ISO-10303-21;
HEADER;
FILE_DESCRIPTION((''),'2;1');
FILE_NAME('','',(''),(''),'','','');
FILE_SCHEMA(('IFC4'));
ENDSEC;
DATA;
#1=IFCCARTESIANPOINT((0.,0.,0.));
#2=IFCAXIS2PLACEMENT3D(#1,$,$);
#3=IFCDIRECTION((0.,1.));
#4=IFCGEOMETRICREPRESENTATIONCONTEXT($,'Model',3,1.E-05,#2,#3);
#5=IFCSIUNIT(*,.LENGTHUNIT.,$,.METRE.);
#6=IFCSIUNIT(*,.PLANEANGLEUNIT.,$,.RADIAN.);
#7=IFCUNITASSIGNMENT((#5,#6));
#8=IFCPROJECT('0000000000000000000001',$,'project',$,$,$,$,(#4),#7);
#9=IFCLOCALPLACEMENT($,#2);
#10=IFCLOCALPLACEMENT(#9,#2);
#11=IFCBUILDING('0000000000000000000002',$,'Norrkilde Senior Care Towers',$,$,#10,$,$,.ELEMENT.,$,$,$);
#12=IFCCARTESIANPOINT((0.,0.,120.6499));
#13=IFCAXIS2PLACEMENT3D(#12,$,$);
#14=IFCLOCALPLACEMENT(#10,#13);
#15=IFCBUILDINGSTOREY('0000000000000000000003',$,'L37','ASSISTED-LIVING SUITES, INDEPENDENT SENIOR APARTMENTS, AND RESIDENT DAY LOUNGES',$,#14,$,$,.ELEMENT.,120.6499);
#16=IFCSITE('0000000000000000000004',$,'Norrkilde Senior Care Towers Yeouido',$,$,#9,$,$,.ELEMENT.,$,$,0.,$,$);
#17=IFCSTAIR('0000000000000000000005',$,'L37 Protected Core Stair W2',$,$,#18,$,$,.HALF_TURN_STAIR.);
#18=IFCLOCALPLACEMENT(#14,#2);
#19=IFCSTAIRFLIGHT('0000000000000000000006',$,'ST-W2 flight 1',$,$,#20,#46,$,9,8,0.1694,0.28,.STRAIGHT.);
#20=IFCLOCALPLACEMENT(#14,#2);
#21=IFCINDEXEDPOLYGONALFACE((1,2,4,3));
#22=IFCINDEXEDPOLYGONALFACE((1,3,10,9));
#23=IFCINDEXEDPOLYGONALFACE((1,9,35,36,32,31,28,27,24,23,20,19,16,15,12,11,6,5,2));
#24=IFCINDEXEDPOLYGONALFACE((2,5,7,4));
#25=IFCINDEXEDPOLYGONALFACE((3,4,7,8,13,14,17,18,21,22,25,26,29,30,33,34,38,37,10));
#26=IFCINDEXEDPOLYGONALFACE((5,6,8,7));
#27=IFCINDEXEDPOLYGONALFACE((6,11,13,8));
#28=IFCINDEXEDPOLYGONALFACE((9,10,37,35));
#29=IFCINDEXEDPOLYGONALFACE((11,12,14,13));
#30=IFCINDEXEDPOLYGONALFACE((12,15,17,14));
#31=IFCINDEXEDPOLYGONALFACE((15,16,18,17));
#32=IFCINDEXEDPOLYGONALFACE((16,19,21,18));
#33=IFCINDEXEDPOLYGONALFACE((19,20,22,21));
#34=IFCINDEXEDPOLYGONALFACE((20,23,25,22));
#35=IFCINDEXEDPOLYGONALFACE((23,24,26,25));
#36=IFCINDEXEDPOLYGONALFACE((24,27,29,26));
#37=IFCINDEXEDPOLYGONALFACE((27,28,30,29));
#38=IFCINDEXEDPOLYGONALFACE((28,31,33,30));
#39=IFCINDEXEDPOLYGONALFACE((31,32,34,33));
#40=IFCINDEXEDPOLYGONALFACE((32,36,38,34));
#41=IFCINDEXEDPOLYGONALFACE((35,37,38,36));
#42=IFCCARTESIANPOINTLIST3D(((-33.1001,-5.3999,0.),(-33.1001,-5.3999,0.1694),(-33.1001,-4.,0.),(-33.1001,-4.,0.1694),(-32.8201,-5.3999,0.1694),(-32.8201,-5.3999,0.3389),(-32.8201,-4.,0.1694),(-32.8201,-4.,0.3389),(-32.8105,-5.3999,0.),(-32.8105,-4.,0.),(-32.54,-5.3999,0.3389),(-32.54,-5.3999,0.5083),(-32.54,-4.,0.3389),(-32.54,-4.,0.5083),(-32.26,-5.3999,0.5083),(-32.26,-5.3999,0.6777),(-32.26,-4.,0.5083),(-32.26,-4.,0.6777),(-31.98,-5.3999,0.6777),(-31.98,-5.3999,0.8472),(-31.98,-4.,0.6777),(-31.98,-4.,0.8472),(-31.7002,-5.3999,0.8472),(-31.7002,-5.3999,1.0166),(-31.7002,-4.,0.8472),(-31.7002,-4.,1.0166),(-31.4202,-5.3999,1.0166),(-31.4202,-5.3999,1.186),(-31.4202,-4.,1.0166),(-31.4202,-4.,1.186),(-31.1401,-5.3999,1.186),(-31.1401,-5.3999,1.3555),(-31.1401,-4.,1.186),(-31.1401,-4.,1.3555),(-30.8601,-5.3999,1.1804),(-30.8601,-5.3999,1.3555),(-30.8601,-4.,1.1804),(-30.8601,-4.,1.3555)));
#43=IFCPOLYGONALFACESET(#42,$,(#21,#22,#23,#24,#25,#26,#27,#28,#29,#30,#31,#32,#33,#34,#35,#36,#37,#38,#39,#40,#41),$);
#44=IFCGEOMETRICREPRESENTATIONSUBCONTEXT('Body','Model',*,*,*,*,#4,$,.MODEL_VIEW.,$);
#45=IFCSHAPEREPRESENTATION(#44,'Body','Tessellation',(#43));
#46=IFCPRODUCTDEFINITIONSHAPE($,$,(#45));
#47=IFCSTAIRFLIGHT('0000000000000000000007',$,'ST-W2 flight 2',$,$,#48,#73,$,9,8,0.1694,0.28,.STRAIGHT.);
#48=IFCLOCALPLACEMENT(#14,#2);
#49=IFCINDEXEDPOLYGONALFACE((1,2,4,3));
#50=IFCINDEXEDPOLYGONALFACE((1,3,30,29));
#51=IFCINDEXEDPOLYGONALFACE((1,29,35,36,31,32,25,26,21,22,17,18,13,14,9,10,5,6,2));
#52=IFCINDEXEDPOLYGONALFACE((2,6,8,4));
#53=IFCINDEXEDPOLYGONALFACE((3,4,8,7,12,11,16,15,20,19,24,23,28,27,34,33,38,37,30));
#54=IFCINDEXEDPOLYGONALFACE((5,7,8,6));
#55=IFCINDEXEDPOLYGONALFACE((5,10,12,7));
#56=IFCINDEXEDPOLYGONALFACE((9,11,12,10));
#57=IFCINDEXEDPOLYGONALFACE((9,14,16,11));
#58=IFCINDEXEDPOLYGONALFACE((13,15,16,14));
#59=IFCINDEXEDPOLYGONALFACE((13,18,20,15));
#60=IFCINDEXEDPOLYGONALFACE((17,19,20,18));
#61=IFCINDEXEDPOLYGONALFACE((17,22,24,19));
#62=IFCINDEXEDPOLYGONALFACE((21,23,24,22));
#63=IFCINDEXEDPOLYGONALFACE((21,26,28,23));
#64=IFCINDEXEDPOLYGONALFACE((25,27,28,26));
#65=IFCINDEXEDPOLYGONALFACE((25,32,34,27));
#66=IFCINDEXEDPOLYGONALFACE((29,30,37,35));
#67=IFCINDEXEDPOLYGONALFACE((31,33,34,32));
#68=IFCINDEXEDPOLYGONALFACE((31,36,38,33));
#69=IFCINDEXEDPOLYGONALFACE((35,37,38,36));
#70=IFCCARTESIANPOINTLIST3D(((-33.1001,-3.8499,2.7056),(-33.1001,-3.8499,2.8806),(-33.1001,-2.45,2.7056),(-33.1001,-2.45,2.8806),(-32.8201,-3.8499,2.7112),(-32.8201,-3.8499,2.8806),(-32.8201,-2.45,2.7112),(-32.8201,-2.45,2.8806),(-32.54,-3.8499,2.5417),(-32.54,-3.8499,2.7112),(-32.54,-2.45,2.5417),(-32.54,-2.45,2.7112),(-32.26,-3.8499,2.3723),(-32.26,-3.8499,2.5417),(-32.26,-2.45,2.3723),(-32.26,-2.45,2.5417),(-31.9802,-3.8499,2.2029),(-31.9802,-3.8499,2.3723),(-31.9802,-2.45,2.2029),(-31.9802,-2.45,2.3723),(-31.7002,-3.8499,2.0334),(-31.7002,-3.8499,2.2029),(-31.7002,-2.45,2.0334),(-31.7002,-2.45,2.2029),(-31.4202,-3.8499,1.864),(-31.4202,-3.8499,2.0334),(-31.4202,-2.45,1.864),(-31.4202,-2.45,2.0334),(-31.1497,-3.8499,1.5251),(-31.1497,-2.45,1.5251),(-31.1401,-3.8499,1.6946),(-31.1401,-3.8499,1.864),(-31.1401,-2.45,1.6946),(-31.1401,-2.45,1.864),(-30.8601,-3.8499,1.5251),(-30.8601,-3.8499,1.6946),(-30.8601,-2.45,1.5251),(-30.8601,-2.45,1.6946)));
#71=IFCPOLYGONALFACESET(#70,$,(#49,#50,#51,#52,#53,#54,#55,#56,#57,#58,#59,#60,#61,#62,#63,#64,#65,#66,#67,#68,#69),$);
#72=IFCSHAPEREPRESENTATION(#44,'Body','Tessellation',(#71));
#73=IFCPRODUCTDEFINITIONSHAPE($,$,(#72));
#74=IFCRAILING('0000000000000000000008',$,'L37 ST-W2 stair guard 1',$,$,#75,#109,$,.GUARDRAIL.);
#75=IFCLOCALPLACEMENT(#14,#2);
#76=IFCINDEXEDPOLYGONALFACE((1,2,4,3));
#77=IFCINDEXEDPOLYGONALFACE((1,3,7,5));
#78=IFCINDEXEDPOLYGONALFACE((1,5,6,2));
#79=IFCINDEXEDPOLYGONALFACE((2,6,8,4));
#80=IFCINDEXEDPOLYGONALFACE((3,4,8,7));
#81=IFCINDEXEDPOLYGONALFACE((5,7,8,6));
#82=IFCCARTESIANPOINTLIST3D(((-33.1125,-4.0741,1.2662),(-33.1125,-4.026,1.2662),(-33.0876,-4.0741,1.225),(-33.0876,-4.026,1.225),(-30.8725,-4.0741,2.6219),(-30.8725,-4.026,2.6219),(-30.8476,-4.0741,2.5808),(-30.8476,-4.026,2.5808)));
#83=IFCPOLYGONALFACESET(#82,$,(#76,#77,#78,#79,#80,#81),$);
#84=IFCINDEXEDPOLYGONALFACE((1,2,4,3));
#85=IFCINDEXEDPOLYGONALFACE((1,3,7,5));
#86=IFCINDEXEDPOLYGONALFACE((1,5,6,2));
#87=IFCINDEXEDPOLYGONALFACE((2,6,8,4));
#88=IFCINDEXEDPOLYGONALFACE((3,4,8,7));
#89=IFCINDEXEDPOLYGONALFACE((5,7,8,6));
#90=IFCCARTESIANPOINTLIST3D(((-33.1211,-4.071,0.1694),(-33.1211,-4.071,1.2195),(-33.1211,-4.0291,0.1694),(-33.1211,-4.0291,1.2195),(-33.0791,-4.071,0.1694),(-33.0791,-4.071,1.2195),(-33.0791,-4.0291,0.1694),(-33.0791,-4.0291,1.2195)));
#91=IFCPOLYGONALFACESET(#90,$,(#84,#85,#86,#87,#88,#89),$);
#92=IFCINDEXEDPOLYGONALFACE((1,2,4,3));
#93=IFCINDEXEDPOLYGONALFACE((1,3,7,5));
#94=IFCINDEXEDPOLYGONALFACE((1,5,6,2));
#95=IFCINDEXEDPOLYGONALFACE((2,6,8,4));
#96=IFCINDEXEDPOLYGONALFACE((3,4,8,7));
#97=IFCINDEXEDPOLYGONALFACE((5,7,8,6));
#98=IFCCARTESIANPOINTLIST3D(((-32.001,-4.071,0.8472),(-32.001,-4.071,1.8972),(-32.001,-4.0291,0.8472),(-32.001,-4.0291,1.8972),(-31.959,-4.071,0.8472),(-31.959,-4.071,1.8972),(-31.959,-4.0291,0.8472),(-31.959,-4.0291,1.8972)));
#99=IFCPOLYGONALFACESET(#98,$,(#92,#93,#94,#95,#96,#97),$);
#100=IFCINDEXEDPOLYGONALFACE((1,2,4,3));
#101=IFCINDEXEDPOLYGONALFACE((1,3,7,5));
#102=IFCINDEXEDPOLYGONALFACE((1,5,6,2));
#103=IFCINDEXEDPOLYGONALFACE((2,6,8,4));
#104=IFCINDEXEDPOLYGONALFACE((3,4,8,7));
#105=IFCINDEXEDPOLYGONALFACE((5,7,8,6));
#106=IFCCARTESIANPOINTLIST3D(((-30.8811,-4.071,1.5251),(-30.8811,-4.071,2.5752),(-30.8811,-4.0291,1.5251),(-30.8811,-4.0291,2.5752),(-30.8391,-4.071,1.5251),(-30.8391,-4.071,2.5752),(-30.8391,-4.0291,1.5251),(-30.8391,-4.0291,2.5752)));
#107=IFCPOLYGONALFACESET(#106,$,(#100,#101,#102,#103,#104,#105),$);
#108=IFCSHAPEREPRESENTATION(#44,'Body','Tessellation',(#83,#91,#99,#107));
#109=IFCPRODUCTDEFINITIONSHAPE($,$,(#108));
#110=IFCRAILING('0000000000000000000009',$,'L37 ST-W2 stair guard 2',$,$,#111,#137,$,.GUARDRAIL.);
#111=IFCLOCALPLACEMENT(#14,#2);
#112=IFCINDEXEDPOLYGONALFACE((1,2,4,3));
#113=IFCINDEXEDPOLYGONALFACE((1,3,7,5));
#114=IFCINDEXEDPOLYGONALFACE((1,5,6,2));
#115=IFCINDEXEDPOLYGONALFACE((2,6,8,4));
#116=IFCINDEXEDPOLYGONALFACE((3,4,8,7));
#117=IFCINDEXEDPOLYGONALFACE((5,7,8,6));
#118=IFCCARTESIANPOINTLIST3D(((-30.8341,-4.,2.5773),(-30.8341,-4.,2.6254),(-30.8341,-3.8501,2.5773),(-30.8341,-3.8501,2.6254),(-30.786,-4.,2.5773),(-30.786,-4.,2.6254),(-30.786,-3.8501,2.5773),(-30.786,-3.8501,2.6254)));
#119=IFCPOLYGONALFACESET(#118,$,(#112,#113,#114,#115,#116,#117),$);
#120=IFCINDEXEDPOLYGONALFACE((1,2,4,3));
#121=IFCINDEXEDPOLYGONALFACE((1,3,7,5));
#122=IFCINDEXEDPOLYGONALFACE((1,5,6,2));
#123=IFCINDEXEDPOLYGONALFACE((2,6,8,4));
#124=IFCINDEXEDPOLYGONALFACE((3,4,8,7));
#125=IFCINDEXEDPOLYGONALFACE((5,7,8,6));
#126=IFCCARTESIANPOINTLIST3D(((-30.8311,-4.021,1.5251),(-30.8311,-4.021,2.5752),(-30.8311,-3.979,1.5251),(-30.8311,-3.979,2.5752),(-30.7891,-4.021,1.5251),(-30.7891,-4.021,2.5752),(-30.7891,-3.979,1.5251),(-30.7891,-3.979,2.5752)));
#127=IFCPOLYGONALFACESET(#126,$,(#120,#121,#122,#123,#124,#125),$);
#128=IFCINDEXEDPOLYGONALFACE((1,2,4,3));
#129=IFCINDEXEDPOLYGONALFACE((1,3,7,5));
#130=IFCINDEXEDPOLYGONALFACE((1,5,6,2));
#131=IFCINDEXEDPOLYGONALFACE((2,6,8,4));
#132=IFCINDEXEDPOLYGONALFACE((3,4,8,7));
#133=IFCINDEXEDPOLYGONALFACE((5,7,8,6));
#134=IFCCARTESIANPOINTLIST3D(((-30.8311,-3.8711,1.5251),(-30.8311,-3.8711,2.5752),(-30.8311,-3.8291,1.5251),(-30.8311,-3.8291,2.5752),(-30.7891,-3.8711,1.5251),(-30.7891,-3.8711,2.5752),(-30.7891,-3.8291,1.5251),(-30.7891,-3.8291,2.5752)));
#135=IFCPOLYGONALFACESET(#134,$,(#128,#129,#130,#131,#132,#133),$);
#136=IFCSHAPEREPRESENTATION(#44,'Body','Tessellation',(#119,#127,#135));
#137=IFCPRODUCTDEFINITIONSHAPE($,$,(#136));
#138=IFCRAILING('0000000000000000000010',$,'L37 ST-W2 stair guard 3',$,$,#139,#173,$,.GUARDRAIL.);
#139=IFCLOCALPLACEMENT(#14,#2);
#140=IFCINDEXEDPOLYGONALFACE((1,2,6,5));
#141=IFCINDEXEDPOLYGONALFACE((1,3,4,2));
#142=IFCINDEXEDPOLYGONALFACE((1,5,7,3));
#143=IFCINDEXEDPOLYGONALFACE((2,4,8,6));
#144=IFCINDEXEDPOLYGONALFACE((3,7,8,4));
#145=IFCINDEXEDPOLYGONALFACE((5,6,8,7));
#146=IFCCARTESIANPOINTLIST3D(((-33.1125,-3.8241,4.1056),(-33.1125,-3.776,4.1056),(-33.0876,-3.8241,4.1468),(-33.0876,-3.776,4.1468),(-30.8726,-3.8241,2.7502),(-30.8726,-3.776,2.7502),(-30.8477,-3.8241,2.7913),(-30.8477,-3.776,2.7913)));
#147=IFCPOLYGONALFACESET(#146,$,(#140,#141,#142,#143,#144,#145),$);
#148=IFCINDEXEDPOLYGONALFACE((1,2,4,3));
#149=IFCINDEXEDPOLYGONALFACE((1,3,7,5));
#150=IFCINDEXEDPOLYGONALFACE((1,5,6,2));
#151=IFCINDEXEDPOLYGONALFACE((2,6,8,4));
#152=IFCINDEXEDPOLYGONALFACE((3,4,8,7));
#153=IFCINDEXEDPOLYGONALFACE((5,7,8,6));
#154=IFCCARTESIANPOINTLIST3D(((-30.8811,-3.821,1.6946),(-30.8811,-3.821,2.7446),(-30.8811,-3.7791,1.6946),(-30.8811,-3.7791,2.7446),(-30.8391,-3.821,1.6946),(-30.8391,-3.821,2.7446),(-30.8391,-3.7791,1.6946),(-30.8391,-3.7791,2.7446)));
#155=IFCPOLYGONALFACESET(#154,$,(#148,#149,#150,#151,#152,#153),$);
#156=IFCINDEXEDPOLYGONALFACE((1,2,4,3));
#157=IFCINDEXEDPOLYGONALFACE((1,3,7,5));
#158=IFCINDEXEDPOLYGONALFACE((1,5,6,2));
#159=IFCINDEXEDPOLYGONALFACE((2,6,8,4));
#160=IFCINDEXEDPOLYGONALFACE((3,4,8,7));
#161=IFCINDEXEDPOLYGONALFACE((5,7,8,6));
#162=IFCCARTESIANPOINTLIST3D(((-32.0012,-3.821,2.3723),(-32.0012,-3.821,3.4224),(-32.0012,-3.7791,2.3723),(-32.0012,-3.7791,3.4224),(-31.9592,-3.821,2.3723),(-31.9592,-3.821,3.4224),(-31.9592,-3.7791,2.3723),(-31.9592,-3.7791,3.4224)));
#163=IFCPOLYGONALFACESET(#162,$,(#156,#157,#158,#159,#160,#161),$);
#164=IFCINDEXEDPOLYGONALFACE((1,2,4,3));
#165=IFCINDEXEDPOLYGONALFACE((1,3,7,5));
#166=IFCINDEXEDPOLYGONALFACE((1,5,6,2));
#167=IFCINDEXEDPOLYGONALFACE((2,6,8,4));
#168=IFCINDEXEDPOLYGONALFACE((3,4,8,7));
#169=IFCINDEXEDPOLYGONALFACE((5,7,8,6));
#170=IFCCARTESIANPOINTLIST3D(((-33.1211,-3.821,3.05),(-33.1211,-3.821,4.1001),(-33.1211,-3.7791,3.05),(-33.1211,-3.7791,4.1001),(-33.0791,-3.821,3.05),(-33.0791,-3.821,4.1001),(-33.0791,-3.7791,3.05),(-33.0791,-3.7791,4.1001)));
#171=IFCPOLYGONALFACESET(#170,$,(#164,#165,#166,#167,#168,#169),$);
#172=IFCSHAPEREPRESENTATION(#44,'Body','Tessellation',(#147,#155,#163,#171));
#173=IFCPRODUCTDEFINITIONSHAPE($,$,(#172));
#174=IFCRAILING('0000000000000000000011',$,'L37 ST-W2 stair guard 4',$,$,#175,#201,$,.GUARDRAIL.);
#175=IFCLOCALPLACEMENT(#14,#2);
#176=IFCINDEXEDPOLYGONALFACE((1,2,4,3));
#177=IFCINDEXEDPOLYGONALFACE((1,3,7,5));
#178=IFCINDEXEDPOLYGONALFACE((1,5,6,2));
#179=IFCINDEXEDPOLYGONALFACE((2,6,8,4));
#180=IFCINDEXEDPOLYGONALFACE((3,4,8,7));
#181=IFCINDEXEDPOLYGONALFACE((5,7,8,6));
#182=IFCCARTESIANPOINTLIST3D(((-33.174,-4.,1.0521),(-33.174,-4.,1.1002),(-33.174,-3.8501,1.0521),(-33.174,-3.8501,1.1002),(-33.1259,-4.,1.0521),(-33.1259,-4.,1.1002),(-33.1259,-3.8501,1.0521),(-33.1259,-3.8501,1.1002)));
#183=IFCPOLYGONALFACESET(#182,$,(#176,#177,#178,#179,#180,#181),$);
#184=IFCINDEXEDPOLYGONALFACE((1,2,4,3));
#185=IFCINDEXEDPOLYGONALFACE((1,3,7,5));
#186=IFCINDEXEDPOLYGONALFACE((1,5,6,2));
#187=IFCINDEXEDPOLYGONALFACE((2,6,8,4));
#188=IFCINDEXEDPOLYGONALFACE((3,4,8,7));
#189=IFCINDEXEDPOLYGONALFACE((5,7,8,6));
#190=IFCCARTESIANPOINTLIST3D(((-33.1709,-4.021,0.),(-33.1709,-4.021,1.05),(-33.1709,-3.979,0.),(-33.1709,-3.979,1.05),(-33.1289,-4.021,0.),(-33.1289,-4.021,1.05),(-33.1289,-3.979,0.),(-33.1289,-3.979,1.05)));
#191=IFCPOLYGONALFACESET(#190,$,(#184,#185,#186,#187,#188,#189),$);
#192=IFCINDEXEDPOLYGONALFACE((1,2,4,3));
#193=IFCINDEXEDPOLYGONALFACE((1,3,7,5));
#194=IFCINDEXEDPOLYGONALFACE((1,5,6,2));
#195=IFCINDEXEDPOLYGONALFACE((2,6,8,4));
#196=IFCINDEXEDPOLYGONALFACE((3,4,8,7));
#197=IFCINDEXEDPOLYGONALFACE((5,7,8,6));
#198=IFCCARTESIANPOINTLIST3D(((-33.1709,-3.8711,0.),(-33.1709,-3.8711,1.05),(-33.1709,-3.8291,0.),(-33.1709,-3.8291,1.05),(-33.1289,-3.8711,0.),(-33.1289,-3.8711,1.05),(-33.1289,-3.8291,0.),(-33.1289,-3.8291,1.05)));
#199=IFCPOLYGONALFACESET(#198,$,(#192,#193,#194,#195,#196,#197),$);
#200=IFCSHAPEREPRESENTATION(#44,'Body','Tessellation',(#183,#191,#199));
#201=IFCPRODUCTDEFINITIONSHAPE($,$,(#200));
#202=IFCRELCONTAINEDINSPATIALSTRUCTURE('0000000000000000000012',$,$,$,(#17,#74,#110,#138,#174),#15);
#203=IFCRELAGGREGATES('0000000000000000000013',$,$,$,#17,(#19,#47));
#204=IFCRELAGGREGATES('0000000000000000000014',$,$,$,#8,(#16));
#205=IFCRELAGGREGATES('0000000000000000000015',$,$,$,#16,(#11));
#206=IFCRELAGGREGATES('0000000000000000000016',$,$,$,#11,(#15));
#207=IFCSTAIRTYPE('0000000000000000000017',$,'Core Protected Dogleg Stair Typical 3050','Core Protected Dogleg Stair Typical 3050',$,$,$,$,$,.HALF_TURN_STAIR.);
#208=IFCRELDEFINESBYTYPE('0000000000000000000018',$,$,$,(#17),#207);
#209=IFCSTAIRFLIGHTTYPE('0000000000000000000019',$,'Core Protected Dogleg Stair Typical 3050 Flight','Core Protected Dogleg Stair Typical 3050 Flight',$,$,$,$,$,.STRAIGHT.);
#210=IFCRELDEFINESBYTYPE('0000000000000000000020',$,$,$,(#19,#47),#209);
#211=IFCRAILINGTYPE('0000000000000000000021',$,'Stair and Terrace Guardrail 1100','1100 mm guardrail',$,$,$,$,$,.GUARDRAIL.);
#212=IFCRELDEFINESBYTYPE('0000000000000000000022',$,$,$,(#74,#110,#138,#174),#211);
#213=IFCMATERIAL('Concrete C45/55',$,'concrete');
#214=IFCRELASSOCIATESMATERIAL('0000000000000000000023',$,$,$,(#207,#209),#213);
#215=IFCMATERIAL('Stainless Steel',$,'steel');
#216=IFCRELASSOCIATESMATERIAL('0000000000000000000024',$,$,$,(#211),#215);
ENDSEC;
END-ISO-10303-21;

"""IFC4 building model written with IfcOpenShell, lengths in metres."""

from ifc_helpers import new_model, si_unit, direction, frame, origin, origin_2d, place, context, subcontext, project, spatial, polyline, rectangle, outline, extrude, material, type_object, element, aggregate, save


model = new_model("IFC4")

# Units and contexts
model_context = context("Model", 3, precision=1e-05, world=origin(), true_north=direction((0.0, 1.0)))
body_context = subcontext(model_context, "Body", "Model", "MODEL_VIEW")
ifc_project = project(units=[si_unit("LENGTHUNIT", "METRE"), si_unit("PLANEANGLEUNIT", "RADIAN")], contexts=[model_context])

# Site, building, storey
site_placement = place(None, origin())
site = spatial("IfcSite", under=ifc_project, at=site_placement, Name="Norrkilde Senior Care Towers Yeouido", CompositionType="ELEMENT", RefElevation=0.0)
building_placement = place(site_placement, origin())
building = spatial("IfcBuilding", under=site, at=building_placement, Name="Norrkilde Senior Care Towers", CompositionType="ELEMENT")
storey_placement = place(building_placement, frame((0.0, 0.0, 120.6499)))
storey = spatial("IfcBuildingStorey", under=building, at=storey_placement, Name="L37", Description="ASSISTED-LIVING SUITES, INDEPENDENT SENIOR APARTMENTS, AND RESIDENT DAY LOUNGES", CompositionType="ELEMENT", Elevation=120.6499)

# Shared definitions
ifc_material_1 = material(Name="Concrete C45/55", Category="concrete")

# Stair, stair flights
stair_type = type_object("IfcStairType", Name="Core Protected Dogleg Stair Typical 3050", Description="Core Protected Dogleg Stair Typical 3050", PredefinedType="HALF_TURN_STAIR", material=ifc_material_1)
stair_placement = place(storey_placement, origin())
stair = element("IfcStair", 1, at=stair_placement, inside=storey, type_object=stair_type, Name="L37 Protected Core Stair W2", PredefinedType="HALF_TURN_STAIR")
stair_flight_type = type_object("IfcStairFlightType", Name="Core Protected Dogleg Stair Typical 3050 Flight", Description="Core Protected Dogleg Stair Typical 3050 Flight", PredefinedType="STRAIGHT", material=ifc_material_1)
stair_flight_1_placement = place(storey_placement, frame((-33.1001, -4.7, 0.0), z_axis=(0.0, 0.0, 1.0), x_axis=(1.0, 0.0, 0.0)))
stair_flight_1 = element("IfcStairFlight", 2, at=stair_flight_1_placement, type_object=stair_flight_type, Name="ST-W2 flight 1", NumberOfRisers=9, NumberOfTreads=8, PredefinedType="STRAIGHT", RiserHeight=0.1694, TreadLength=0.28, context=body_context, shape_type="SweptSolid", body=[
    extrude(outline(polyline([(0.0, 0.0), (0.0, 0.1694), (0.28, 0.1694), (0.28, 0.3389), (0.5601, 0.3389), (0.5601, 0.5083), (0.8401, 0.5083), (0.8401, 0.6777), (1.1201, 0.6777), (1.1201, 0.8472), (1.3999, 0.8472), (1.3999, 1.0166), (1.6799, 1.0166), (1.6799, 1.186), (1.96, 1.186), (1.96, 1.3555), (2.24, 1.3555), (2.24, 1.5249), (2.24, 1.1804), (0.2896, 0.0), (0.0, 0.0)])), frame((0.0, 0.7, 0.0), z_axis=(0.0, -1.0, 0.0), x_axis=(1.0, 0.0, 0.0)), (0.0, 0.0, 1.0), 1.3999),
])
stair_flight_2_placement = place(storey_placement, frame((-30.8601, -3.1499, 1.5251), z_axis=(0.0, 0.0, 1.0), x_axis=(-1.0, 0.0, 0.0)))
stair_flight_2 = element("IfcStairFlight", 3, at=stair_flight_2_placement, type_object=stair_flight_type, Name="ST-W2 flight 2", NumberOfRisers=9, NumberOfTreads=8, PredefinedType="STRAIGHT", RiserHeight=0.1694, TreadLength=0.28, context=body_context, shape_type="SweptSolid", body=[
    extrude(outline(polyline([(0.0, 0.0), (0.0, 0.1694), (0.28, 0.1694), (0.28, 0.3389), (0.5601, 0.3389), (0.5601, 0.5083), (0.8401, 0.5083), (0.8401, 0.6777), (1.1201, 0.6777), (1.1201, 0.8472), (1.3999, 0.8472), (1.3999, 1.0166), (1.6799, 1.0166), (1.6799, 1.186), (1.96, 1.186), (1.96, 1.3555), (2.24, 1.3555), (2.24, 1.5249), (2.24, 1.1804), (0.2896, 0.0), (0.0, 0.0)])), frame((0.0, 0.7, 0.0), z_axis=(0.0, -1.0, 0.0), x_axis=(1.0, 0.0, 0.0)), (0.0, 0.0, 1.0), 1.3999),
])
aggregate(stair, [stair_flight_1, stair_flight_2])

# Railings
ifc_material_2 = material(Name="Stainless Steel", Category="steel")
railing_type_1 = type_object("IfcRailingType", Name="Stair and Terrace Guardrail 1100", Description="1100 mm guardrail", PredefinedType="GUARDRAIL", material=ifc_material_2)
railing_1_placement = place(storey_placement, frame((-33.1001, -4.05, 0.1694)))
element("IfcRailing", 4, at=railing_1_placement, inside=storey, type_object=railing_type_1, Name="L37 ST-W2 stair guard 1", PredefinedType="GUARDRAIL", context=body_context, shape_type="SweptSolid", body=[
    extrude(rectangle(XDim=0.0481, YDim=0.0481, at=origin_2d()), frame((0.0, 0.0, 1.0762), z_axis=(0.855512, 0.0, 0.517783), x_axis=(0.0, 1.0, 0.0)), (0.0, 0.0, 1.0), 2.6184),
    extrude(rectangle(XDim=0.042, YDim=0.042, at=origin_2d()), origin(), (0.0, 0.0, 1.0), 1.05),
    extrude(rectangle(XDim=0.042, YDim=0.042, at=origin_2d()), frame((1.1201, 0.0, 0.6777)), (0.0, 0.0, 1.0), 1.05),
    extrude(rectangle(XDim=0.042, YDim=0.042, at=origin_2d()), frame((2.24, 0.0, 1.3557)), (0.0, 0.0, 1.0), 1.05),
])
railing_2_placement = place(storey_placement, frame((-30.8101, -4.0, 1.5251)))
element("IfcRailing", 5, at=railing_2_placement, inside=storey, type_object=railing_type_1, Name="L37 ST-W2 stair guard 2", PredefinedType="GUARDRAIL", context=body_context, shape_type="SweptSolid", body=[
    extrude(rectangle(XDim=0.0481, YDim=0.0481, at=origin_2d()), frame((0.0, 0.0, 1.0762), z_axis=(0.0, 1.0, 0.0), x_axis=(-1.0, 0.0, 0.0)), (0.0, 0.0, 1.0), 0.1499),
    extrude(rectangle(XDim=0.042, YDim=0.042, at=origin_2d()), origin(), (0.0, 0.0, 1.0), 1.05),
    extrude(rectangle(XDim=0.042, YDim=0.042, at=origin_2d()), frame((0.0, 0.1499, 0.0)), (0.0, 0.0, 1.0), 1.05),
])
railing_3_placement = place(storey_placement, frame((-30.8601, -3.8, 1.6946)))
element("IfcRailing", 6, at=railing_3_placement, inside=storey, type_object=railing_type_1, Name="L37 ST-W2 stair guard 3", PredefinedType="GUARDRAIL", context=body_context, shape_type="SweptSolid", body=[
    extrude(rectangle(XDim=0.0481, YDim=0.0481, at=origin_2d()), frame((0.0, 0.0, 1.0762), z_axis=(-0.855553, 0.0, 0.517715), x_axis=(0.0, -1.0, 0.0)), (0.0, 0.0, 1.0), 2.6182),
    extrude(rectangle(XDim=0.042, YDim=0.042, at=origin_2d()), origin(), (0.0, 0.0, 1.0), 1.05),
    extrude(rectangle(XDim=0.042, YDim=0.042, at=origin_2d()), frame((-1.1201, 0.0, 0.6777)), (0.0, 0.0, 1.0), 1.05),
    extrude(rectangle(XDim=0.042, YDim=0.042, at=origin_2d()), frame((-2.24, 0.0, 1.3555)), (0.0, 0.0, 1.0), 1.05),
])
railing_4_placement = place(storey_placement, frame((-33.1499, -4.0, 0.0)))
element("IfcRailing", 7, at=railing_4_placement, inside=storey, type_object=railing_type_1, Name="L37 ST-W2 stair guard 4", PredefinedType="GUARDRAIL", context=body_context, shape_type="SweptSolid", body=[
    extrude(rectangle(XDim=0.0481, YDim=0.0481, at=origin_2d()), frame((0.0, 0.0, 1.0762), z_axis=(0.0, 1.0, 0.0), x_axis=(-1.0, 0.0, 0.0)), (0.0, 0.0, 1.0), 0.1499),
    extrude(rectangle(XDim=0.042, YDim=0.042, at=origin_2d()), origin(), (0.0, 0.0, 1.0), 1.05),
    extrude(rectangle(XDim=0.042, YDim=0.042, at=origin_2d()), frame((0.0, 0.1499, 0.0)), (0.0, 0.0, 1.0), 1.05),
])

save(model, "model.ifc")
